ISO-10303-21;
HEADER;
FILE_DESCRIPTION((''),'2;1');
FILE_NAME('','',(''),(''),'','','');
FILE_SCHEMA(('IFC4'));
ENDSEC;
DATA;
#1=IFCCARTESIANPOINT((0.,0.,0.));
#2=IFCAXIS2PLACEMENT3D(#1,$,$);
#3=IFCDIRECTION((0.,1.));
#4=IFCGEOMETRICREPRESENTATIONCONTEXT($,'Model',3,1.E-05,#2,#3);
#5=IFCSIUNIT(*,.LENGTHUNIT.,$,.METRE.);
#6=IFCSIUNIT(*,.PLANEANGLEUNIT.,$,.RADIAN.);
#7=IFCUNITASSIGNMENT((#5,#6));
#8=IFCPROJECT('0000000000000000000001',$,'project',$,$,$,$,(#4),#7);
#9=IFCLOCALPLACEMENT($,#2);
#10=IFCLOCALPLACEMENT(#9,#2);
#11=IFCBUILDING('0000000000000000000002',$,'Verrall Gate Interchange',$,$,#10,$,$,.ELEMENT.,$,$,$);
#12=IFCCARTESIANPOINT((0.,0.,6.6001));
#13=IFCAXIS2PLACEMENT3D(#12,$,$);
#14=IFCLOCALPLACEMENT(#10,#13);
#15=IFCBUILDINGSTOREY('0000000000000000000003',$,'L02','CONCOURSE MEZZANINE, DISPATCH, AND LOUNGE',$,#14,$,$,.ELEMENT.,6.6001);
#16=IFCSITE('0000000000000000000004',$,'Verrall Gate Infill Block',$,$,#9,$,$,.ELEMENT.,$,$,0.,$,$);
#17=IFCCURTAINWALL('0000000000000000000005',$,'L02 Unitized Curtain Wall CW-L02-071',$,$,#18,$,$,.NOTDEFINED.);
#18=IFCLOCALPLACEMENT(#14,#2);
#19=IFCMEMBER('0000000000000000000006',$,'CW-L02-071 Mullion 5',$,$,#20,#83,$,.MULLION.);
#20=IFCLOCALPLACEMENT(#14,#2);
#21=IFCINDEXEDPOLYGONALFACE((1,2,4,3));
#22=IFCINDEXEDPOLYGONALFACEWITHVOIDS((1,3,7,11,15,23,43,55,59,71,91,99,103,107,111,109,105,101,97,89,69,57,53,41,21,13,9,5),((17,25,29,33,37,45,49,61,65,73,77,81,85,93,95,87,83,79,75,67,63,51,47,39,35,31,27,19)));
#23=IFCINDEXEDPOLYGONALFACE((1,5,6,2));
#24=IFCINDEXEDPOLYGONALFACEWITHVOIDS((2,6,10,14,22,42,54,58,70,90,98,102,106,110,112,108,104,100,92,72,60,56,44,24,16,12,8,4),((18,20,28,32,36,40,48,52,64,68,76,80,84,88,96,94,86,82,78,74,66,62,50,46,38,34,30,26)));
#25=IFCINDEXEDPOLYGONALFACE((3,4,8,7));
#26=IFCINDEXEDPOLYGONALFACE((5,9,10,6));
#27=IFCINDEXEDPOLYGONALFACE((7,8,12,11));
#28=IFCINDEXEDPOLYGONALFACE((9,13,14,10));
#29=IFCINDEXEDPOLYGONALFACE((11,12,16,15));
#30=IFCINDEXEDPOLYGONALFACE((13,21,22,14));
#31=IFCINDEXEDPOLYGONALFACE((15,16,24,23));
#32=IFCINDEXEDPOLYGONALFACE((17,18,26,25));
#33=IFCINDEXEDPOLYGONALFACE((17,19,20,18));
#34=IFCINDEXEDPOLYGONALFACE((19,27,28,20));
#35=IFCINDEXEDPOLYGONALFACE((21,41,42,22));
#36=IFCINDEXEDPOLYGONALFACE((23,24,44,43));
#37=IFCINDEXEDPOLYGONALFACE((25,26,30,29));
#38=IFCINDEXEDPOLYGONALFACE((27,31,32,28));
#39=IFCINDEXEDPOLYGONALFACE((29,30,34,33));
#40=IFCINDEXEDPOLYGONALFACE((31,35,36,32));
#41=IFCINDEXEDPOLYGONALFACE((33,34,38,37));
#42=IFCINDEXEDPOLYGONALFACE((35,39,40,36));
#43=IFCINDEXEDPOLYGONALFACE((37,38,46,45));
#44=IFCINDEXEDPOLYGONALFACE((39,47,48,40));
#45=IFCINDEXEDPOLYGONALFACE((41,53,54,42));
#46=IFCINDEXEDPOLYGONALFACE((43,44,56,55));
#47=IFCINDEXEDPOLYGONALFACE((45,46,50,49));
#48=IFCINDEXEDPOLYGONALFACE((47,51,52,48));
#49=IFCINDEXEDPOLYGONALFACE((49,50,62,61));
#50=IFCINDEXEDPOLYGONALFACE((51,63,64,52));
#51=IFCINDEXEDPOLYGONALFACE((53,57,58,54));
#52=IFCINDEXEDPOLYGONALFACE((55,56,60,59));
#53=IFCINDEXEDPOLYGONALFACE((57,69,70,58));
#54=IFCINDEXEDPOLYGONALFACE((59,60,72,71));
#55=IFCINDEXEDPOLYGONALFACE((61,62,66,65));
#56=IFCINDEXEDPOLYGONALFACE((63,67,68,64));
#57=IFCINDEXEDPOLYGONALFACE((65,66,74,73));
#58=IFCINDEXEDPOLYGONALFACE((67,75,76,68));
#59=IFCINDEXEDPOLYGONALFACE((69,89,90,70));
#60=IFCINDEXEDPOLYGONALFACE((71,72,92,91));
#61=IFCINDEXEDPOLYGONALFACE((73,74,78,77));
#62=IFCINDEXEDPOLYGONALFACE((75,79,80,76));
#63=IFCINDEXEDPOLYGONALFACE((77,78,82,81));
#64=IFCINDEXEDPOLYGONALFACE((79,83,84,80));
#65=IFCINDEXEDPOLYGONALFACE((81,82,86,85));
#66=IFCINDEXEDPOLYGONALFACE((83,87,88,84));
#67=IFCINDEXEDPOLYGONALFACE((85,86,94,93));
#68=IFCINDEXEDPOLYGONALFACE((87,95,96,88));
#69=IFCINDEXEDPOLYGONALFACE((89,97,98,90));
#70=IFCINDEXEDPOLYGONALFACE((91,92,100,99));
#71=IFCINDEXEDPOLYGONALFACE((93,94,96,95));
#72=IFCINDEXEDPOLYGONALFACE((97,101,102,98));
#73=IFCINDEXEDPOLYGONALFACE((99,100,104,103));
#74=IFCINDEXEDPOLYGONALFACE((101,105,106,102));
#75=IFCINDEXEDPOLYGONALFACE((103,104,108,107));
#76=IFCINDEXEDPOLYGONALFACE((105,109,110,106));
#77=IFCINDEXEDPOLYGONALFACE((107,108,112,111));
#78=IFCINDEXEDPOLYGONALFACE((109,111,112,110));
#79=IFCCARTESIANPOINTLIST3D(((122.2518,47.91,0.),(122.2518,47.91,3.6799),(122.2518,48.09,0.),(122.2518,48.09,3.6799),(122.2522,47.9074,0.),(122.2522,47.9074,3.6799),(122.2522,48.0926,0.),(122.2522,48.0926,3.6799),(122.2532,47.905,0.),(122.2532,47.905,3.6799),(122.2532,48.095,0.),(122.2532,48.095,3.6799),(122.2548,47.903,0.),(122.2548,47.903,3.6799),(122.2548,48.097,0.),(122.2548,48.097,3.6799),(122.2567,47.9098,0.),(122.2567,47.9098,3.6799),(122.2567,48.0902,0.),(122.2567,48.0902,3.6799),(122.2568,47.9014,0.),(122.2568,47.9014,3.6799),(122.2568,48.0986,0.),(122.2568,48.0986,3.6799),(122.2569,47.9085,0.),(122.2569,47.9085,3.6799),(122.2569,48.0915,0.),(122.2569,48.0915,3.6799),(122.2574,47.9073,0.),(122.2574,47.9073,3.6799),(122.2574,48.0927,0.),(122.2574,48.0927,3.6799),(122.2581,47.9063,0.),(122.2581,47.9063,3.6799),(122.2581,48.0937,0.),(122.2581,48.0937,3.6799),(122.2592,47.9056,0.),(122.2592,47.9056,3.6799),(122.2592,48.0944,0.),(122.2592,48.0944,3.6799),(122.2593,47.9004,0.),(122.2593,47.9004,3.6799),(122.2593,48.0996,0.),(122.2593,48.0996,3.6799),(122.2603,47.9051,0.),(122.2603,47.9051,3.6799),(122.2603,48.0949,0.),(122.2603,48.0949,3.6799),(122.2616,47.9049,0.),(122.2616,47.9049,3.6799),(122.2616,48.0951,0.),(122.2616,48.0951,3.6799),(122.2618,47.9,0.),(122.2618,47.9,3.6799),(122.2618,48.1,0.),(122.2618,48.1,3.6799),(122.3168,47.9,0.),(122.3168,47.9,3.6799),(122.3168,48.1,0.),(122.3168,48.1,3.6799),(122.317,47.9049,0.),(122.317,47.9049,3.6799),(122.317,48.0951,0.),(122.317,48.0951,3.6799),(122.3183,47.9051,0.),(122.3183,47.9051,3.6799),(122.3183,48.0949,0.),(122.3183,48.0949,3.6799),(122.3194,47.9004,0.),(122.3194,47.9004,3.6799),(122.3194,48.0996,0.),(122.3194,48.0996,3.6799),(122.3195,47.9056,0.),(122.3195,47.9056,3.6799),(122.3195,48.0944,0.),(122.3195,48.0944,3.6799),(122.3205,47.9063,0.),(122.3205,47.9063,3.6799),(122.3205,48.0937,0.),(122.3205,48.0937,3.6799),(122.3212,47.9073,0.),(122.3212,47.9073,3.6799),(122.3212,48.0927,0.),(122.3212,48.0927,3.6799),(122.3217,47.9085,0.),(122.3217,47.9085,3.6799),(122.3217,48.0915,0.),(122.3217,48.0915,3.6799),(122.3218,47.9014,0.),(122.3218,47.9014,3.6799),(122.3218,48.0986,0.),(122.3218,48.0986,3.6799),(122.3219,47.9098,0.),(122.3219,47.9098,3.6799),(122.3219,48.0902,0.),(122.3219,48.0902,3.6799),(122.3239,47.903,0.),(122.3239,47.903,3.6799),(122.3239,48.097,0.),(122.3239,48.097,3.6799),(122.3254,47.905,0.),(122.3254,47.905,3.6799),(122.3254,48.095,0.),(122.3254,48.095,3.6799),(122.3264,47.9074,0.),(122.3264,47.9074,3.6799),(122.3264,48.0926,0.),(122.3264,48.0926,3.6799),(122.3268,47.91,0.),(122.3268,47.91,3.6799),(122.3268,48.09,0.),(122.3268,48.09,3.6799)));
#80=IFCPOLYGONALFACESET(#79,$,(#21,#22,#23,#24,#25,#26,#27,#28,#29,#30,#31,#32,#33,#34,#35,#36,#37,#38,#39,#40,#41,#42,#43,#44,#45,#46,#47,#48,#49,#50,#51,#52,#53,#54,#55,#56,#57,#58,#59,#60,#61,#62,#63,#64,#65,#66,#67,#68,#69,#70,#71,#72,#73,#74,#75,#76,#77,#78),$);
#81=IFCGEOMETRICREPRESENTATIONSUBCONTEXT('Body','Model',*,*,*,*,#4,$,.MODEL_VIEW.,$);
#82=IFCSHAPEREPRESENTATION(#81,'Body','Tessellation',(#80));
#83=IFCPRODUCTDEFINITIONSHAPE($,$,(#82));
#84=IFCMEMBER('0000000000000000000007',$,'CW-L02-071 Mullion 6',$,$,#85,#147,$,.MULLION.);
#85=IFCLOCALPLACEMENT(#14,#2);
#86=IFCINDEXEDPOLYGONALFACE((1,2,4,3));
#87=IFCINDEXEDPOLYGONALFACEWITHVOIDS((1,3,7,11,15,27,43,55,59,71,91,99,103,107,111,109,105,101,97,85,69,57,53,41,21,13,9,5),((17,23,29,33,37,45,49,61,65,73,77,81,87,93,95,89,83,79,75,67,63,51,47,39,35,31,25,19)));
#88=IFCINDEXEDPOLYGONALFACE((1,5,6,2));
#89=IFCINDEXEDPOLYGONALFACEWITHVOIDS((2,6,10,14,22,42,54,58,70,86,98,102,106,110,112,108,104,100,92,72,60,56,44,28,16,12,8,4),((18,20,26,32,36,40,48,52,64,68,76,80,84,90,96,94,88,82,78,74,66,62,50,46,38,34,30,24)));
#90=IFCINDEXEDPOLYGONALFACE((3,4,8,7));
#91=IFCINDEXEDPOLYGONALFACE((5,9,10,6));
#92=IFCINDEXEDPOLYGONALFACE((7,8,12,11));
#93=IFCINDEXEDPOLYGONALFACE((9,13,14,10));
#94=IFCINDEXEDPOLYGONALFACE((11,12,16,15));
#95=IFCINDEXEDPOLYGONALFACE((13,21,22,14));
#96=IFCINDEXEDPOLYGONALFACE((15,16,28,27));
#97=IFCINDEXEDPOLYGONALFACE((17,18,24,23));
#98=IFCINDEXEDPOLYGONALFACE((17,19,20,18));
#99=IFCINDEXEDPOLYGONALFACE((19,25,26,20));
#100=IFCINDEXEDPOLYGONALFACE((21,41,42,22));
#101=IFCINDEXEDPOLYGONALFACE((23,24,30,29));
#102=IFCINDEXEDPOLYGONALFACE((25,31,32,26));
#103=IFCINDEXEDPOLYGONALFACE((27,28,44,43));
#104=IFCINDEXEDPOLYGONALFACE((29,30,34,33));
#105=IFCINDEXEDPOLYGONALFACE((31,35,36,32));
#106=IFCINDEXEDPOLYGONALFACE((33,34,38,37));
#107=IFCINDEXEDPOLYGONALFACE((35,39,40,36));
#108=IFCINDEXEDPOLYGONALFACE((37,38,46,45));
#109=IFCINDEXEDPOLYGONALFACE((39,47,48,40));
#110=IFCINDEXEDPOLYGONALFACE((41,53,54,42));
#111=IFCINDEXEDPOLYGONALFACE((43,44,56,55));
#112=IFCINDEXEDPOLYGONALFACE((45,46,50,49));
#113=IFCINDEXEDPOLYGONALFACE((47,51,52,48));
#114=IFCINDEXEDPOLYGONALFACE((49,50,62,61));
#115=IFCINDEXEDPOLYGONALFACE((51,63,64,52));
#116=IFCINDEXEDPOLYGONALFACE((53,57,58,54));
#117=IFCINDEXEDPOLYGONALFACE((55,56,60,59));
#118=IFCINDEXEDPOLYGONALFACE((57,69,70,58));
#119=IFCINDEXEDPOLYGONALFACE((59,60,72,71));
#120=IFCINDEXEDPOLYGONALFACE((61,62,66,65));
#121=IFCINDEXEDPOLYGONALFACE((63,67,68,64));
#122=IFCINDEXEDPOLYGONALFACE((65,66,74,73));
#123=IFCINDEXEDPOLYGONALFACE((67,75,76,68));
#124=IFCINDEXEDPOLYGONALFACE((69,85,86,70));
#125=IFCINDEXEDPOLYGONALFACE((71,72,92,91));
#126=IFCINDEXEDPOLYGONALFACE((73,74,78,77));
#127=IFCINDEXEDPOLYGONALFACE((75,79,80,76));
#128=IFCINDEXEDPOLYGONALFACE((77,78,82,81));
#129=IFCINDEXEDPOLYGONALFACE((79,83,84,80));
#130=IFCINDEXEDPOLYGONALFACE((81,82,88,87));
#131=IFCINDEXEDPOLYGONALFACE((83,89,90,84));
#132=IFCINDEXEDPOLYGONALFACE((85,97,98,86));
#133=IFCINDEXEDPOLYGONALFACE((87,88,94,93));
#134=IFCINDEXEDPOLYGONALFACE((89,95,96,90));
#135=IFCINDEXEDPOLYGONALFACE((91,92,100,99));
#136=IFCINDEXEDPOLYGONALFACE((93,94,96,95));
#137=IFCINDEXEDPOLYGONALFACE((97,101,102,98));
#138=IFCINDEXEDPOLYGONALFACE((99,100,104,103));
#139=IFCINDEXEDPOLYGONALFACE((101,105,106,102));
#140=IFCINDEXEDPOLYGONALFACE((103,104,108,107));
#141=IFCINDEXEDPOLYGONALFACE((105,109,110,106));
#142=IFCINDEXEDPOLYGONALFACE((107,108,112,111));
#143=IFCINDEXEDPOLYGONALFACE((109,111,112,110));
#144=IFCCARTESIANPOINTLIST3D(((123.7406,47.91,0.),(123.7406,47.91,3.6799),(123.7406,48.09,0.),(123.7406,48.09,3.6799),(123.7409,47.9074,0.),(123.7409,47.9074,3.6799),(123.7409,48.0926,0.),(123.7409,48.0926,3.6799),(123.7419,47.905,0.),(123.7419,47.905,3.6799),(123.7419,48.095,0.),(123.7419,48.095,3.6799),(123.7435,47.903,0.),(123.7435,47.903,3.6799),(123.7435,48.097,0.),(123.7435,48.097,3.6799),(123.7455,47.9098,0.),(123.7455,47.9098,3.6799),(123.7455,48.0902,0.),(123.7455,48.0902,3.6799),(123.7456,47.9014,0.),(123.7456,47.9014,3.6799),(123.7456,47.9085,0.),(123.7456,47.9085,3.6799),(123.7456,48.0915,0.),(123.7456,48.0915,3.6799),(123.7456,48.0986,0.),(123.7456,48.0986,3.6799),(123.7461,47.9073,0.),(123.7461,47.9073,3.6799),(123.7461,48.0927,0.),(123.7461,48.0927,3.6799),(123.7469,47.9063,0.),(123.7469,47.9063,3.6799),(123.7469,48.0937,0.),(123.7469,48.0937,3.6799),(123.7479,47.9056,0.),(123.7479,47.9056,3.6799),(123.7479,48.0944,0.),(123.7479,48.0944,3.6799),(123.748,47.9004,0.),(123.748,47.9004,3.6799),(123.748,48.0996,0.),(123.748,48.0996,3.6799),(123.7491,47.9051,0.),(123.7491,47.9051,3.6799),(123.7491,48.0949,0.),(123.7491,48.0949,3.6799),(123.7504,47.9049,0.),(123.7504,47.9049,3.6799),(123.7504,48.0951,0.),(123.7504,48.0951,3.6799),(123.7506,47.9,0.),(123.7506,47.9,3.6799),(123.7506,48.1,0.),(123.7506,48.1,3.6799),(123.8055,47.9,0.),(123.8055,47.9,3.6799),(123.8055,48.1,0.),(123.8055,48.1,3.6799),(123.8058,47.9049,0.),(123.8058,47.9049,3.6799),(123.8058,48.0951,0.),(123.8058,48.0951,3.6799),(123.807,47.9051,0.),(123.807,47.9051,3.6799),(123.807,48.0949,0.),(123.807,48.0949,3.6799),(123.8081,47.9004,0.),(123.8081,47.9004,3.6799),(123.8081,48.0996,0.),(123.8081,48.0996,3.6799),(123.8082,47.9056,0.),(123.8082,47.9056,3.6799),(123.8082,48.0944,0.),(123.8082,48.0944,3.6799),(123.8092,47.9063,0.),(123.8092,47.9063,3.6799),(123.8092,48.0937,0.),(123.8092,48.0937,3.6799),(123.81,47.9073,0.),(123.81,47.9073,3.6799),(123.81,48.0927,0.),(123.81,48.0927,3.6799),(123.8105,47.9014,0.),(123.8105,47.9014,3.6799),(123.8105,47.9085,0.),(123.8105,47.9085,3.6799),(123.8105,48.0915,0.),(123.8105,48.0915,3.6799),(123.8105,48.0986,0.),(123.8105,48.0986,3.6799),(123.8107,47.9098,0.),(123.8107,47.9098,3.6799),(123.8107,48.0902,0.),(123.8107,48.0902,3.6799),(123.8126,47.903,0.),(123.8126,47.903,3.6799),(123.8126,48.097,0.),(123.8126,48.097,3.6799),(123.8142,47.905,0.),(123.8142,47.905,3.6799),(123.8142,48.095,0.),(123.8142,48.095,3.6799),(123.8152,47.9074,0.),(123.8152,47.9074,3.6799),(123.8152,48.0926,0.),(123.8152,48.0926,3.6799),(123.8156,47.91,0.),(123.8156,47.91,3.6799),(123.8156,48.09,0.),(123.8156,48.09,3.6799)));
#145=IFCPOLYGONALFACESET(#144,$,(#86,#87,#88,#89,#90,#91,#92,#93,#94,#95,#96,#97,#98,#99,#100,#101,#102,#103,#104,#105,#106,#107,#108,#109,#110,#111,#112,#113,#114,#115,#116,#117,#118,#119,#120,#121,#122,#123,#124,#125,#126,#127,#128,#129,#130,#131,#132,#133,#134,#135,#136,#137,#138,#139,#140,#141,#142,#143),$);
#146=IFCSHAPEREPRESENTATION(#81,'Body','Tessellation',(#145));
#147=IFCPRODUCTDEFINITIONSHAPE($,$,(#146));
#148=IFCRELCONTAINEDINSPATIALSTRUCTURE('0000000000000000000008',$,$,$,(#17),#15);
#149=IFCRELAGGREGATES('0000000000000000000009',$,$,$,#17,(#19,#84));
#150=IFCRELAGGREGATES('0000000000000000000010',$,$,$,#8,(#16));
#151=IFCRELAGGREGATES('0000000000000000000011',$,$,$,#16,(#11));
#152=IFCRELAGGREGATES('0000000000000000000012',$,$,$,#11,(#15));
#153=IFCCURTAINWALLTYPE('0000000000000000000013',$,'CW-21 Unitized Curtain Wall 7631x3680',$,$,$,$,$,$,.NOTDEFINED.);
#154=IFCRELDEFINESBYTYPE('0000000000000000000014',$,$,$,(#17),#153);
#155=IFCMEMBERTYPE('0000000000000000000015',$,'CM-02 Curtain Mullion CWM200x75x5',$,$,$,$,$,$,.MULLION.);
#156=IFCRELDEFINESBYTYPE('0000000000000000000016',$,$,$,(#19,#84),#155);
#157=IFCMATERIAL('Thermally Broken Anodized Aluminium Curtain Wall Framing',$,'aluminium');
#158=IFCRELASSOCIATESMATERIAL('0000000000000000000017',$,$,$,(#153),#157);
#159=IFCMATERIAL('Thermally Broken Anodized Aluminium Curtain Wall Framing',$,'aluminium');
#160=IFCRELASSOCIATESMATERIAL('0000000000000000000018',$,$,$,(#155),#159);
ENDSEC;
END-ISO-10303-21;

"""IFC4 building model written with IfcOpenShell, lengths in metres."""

from ifc_helpers import new_model, si_unit, direction, frame, origin, origin_2d, place, context, subcontext, project, spatial, hollow_rectangle, extrude, material, material_profile, profile_set, type_object, element, aggregate, save


model = new_model("IFC4")

# Units and contexts
model_context = context("Model", 3, precision=1e-05, world=origin(), true_north=direction((0.0, 1.0)))
body_context = subcontext(model_context, "Body", "Model", "MODEL_VIEW")
ifc_project = project(units=[si_unit("LENGTHUNIT", "METRE"), si_unit("PLANEANGLEUNIT", "RADIAN")], contexts=[model_context])

# Site, building, storey
site_placement = place(None, origin())
site = spatial("IfcSite", under=ifc_project, at=site_placement, Name="Verrall Gate Infill Block", CompositionType="ELEMENT", RefElevation=0.0)
building_placement = place(site_placement, origin())
building = spatial("IfcBuilding", under=site, at=building_placement, Name="Verrall Gate Interchange", CompositionType="ELEMENT")
storey_placement = place(building_placement, frame((0.0, 0.0, 6.6001)))
storey = spatial("IfcBuildingStorey", under=building, at=storey_placement, Name="L02", Description="CONCOURSE MEZZANINE, DISPATCH, AND LOUNGE", CompositionType="ELEMENT", Elevation=6.6001)

# Curtain wall, members
ifc_material_1 = material(Name="Thermally Broken Anodized Aluminium Curtain Wall Framing", Category="aluminium")
curtain_wall_type = type_object("IfcCurtainWallType", Name="CW-21 Unitized Curtain Wall 7631x3680", PredefinedType="NOTDEFINED", material=ifc_material_1)
curtain_wall_1_placement = place(storey_placement, origin())
curtain_wall_1 = element("IfcCurtainWall", 1, at=curtain_wall_1_placement, inside=storey, type_object=curtain_wall_type, Name="L02 Unitized Curtain Wall CW-L02-071", PredefinedType="NOTDEFINED")
ifc_material_2 = material(Name="Thermally Broken Anodized Aluminium Curtain Wall Framing", Category="aluminium")
ifc_material_profile_1 = material_profile(ifc_material_2, hollow_rectangle(XDim=0.075, YDim=0.2, WallThickness=0.0049, InnerFilletRadius=0.0049, OuterFilletRadius=0.01, at=origin_2d()), Name="CWM200x75x5")
ifc_profile_set_1 = profile_set([ifc_material_profile_1], Name="Thermally Broken Anodized Aluminium Curtain Wall Framing")
member_type_1 = type_object("IfcMemberType", Name="CM-02 Curtain Mullion CWM200x75x5", PredefinedType="MULLION", material=ifc_profile_set_1)
member_1_placement = place(storey_placement, frame((122.2893, 48.0, 0.0), z_axis=(0.0, 0.0, 1.0), x_axis=(1.0, 0.0, 0.0)))
member_1 = element("IfcMember", 2, at=member_1_placement, type_object=member_type_1, Name="CW-L02-071 Mullion 5", PredefinedType="MULLION", context=body_context, shape_type="SweptSolid", body=[
    extrude(hollow_rectangle(XDim=0.075, YDim=0.2, WallThickness=0.0049, InnerFilletRadius=0.0049, OuterFilletRadius=0.01, at=origin_2d()), origin(), (0.0, 0.0, 1.0), 3.6799),
])
member_2_placement = place(storey_placement, frame((123.7781, 48.0, 0.0), z_axis=(0.0, 0.0, 1.0), x_axis=(1.0, 0.0, 0.0)))
member_2 = element("IfcMember", 3, at=member_2_placement, type_object=member_type_1, Name="CW-L02-071 Mullion 6", PredefinedType="MULLION", context=body_context, shape_type="SweptSolid", body=[
    extrude(hollow_rectangle(XDim=0.075, YDim=0.2, WallThickness=0.0049, InnerFilletRadius=0.0049, OuterFilletRadius=0.01, at=origin_2d()), origin(), (0.0, 0.0, 1.0), 3.6799),
])

aggregate(curtain_wall_1, [member_1, member_2])

save(model, "model.ifc")
